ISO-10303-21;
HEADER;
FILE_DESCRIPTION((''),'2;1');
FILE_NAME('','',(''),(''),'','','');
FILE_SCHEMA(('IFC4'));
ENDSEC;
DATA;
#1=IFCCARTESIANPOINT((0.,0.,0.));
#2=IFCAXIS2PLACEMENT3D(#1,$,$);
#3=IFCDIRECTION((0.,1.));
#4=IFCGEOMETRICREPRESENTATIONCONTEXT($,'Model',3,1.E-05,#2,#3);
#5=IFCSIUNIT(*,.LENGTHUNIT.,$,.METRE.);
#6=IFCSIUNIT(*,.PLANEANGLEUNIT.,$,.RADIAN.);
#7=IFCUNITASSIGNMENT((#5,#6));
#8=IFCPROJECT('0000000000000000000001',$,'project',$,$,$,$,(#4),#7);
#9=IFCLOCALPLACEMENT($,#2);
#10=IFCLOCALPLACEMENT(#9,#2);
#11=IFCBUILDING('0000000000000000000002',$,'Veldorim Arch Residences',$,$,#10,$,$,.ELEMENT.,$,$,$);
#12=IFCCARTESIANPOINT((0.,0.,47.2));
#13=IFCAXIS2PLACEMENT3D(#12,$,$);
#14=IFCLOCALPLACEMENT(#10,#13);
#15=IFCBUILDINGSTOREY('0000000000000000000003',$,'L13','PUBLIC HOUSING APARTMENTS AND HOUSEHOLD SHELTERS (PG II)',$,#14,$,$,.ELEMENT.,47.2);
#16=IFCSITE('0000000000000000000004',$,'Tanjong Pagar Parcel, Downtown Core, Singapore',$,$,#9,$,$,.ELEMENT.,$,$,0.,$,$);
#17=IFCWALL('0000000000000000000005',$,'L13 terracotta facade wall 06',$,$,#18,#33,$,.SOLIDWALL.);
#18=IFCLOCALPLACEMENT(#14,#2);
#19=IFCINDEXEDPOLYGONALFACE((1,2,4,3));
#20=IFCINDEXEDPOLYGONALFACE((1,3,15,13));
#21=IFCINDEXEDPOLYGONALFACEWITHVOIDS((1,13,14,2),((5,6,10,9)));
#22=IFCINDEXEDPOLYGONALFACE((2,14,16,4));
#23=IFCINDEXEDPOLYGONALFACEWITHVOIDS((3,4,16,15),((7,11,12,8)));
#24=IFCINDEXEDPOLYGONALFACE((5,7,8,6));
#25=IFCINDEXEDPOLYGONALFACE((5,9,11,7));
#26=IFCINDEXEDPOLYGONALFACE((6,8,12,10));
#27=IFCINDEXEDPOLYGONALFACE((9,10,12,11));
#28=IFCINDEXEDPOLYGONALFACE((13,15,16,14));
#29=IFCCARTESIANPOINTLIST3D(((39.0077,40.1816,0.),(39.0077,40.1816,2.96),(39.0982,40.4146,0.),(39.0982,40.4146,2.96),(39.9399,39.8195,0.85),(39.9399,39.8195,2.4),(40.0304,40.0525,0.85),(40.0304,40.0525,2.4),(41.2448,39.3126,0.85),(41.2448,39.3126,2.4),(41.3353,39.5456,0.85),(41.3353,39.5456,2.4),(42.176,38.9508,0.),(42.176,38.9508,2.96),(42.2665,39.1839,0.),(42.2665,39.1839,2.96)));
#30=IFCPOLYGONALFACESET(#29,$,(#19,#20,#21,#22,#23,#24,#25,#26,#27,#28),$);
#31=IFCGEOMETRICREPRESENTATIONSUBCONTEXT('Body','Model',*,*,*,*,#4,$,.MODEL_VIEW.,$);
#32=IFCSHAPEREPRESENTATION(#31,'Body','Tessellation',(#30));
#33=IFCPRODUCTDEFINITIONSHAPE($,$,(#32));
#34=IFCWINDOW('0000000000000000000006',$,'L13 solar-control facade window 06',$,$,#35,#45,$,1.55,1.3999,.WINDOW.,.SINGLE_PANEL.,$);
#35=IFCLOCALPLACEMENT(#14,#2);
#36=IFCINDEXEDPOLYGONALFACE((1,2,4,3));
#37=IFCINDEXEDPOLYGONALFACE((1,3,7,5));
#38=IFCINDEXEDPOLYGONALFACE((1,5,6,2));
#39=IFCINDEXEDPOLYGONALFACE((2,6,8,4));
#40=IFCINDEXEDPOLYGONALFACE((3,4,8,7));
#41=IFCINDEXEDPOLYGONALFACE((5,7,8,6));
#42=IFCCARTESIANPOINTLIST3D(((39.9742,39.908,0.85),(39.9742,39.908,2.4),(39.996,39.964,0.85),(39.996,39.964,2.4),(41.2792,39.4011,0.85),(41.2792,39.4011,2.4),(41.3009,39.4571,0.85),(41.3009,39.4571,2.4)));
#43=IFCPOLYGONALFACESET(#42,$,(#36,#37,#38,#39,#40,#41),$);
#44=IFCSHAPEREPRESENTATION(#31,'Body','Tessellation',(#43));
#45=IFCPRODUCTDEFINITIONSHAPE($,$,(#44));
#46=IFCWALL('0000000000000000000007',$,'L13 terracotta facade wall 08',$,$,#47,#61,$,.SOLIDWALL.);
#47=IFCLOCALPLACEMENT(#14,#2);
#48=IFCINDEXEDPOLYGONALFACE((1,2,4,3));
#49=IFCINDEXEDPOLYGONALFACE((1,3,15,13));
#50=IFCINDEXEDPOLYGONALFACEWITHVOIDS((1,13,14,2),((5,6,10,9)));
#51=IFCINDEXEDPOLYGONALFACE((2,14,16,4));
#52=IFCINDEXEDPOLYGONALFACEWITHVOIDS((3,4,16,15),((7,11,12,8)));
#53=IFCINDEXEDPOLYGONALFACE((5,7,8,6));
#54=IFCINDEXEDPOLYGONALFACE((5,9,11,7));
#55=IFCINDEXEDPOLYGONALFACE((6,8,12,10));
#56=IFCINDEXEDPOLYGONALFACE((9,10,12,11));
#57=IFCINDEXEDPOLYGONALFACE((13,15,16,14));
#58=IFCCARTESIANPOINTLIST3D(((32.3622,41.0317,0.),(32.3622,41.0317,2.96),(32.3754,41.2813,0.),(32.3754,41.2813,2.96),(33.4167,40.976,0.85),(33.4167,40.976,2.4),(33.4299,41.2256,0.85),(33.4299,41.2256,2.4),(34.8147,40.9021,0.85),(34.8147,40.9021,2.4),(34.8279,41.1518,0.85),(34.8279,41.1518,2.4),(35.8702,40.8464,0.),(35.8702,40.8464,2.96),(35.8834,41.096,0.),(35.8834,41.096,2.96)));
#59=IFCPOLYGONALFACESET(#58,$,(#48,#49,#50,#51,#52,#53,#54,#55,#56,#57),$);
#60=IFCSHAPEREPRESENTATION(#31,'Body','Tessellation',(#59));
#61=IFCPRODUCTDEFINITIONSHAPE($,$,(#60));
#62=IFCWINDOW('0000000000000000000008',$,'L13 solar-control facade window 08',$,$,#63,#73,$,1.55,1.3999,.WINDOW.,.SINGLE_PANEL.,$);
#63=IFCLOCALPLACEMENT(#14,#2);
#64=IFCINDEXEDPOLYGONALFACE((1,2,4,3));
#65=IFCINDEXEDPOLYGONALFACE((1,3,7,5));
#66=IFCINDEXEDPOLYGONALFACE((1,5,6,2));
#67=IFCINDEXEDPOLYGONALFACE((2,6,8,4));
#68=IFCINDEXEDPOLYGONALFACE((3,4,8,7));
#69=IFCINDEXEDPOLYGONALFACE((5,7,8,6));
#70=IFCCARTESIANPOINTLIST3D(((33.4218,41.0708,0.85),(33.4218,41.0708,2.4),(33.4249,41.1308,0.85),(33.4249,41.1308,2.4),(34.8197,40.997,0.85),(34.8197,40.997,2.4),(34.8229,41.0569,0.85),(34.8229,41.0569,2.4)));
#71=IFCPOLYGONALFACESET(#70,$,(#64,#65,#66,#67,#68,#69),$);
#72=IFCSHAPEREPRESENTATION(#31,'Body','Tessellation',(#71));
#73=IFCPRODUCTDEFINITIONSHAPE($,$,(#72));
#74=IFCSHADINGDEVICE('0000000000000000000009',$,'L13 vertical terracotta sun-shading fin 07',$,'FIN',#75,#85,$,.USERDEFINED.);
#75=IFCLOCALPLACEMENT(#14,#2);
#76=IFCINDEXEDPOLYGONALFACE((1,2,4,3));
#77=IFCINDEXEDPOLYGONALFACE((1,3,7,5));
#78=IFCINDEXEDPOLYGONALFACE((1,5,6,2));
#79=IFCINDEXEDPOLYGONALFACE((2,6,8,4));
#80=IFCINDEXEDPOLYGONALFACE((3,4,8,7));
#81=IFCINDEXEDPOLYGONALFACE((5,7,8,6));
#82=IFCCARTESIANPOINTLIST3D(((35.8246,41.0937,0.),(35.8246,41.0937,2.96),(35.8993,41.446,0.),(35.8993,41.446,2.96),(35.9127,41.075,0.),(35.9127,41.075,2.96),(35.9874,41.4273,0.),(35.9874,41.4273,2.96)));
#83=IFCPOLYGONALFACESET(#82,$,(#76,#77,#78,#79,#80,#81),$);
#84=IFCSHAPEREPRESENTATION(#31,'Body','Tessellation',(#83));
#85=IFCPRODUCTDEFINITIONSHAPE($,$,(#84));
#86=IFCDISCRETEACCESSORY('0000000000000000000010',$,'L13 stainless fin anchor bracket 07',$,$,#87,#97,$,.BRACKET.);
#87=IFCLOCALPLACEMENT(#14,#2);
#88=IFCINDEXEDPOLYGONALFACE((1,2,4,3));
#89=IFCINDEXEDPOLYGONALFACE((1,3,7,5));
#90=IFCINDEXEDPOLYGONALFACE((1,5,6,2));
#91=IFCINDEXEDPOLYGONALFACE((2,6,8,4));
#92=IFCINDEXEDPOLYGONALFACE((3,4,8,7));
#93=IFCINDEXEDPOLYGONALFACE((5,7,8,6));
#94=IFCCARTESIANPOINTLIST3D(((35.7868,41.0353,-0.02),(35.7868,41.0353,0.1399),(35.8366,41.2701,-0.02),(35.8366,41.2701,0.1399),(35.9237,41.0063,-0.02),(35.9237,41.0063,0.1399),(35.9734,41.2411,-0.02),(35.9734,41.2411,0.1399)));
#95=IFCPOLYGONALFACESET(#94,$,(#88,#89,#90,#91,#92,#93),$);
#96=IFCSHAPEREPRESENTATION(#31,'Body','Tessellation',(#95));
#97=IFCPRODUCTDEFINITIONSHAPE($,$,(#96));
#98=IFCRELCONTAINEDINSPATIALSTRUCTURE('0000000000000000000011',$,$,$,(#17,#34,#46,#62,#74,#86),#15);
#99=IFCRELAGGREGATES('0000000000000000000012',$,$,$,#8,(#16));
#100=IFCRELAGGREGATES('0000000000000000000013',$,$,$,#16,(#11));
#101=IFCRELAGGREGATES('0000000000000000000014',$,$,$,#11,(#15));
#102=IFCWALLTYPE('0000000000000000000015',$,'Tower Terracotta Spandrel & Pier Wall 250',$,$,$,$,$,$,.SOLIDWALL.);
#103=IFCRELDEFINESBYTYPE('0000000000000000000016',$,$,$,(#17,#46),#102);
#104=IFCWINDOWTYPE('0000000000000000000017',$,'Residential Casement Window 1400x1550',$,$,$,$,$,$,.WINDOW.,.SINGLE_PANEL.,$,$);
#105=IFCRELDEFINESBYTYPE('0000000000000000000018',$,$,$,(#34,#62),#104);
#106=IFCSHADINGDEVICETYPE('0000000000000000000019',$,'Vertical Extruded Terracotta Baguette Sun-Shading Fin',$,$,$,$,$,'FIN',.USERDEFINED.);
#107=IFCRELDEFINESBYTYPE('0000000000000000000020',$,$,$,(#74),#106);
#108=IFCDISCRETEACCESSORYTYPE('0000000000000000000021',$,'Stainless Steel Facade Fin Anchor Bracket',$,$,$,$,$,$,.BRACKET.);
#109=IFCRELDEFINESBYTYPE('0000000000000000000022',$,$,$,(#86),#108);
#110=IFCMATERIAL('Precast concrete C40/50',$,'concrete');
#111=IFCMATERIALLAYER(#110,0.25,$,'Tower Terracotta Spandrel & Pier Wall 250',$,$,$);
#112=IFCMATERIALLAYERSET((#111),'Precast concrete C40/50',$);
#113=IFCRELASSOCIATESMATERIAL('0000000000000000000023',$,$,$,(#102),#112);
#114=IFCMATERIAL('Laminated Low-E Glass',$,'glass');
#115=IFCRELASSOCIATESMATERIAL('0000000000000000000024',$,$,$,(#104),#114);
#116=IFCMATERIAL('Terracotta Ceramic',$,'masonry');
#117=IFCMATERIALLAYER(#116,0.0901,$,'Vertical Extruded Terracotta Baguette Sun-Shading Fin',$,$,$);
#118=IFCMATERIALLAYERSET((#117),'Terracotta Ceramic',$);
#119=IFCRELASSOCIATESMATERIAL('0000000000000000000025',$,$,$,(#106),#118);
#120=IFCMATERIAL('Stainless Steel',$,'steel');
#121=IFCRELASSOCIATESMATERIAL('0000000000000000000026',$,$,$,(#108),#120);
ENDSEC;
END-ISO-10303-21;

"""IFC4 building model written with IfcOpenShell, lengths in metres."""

from ifc_helpers import new_model, si_unit, direction, frame, frame_2d, origin, origin_2d, place, context, subcontext, project, spatial, rectangle, extrude, material, layer, layer_set, type_object, element, fill, save


model = new_model("IFC4")

# Units and contexts
model_context = context("Model", 3, precision=1e-05, world=origin(), true_north=direction((0.0, 1.0)))
body_context = subcontext(model_context, "Body", "Model", "MODEL_VIEW")
ifc_project = project(units=[si_unit("LENGTHUNIT", "METRE"), si_unit("PLANEANGLEUNIT", "RADIAN")], contexts=[model_context])

# Site, building, storey
site_placement = place(None, origin())
site = spatial("IfcSite", under=ifc_project, at=site_placement, Name="Tanjong Pagar Parcel, Downtown Core, Singapore", CompositionType="ELEMENT", RefElevation=0.0)
building_placement = place(site_placement, origin())
building = spatial("IfcBuilding", under=site, at=building_placement, Name="Veldorim Arch Residences", CompositionType="ELEMENT")
storey_placement = place(building_placement, frame((0.0, 0.0, 47.2)))
storey = spatial("IfcBuildingStorey", under=building, at=storey_placement, Name="L13", Description="PUBLIC HOUSING APARTMENTS AND HOUSEHOLD SHELTERS (PG II)", CompositionType="ELEMENT", Elevation=47.2)

# Walls, openings, windows
ifc_material_1 = material(Name="Precast concrete C40/50", Category="concrete")
ifc_layer_1 = layer(ifc_material_1, 0.25, Name="Tower Terracotta Spandrel & Pier Wall 250")
ifc_layer_set_1 = layer_set([ifc_layer_1], Name="Precast concrete C40/50")
wall_type_1 = type_object("IfcWallType", Name="Tower Terracotta Spandrel & Pier Wall 250", PredefinedType="SOLIDWALL", material=ifc_layer_set_1)
wall_1_placement = place(storey_placement, frame((39.053, 40.2981, 0.0), z_axis=(0.0, 0.0, 1.0), x_axis=(0.932141, -0.362096, 0.0)))
wall_1 = element("IfcWall", 1, at=wall_1_placement, inside=storey, type_object=wall_type_1, Name="L13 terracotta facade wall 06", PredefinedType="SOLIDWALL", context=body_context, shape_type="SweptSolid", body=[
    extrude(rectangle(XDim=3.3989, YDim=0.25, at=frame_2d((1.6995, 0.0))), origin(), (0.0, 0.0, 1.0), 2.96),
])
opening_1_placement = place(wall_1_placement, frame((1.0, 0.0, 0.8501)))
opening_1 = element("IfcOpeningElement", 2, at=opening_1_placement, cuts=wall_1, PredefinedType="OPENING", context=body_context, shape_type="SweptSolid", body=[
    extrude(rectangle(XDim=1.3999, YDim=1.55, at=frame_2d((0.7, 0.7749))), frame((0.0, 0.135, 0.0), z_axis=(0.0, -1.0, 0.0), x_axis=(1.0, 0.0, 0.0)), (0.0, 0.0, 1.0), 0.27),
])
ifc_material_2 = material(Name="Laminated Low-E Glass", Category="glass")
window_type = type_object("IfcWindowType", Name="Residential Casement Window 1400x1550", PartitioningType="SINGLE_PANEL", PredefinedType="WINDOW", material=ifc_material_2)
window_1_placement = place(opening_1_placement, origin())
window_1 = element("IfcWindow", 3, at=window_1_placement, inside=storey, type_object=window_type, Name="L13 solar-control facade window 06", OverallHeight=1.55, OverallWidth=1.3999, PartitioningType="SINGLE_PANEL", PredefinedType="WINDOW", context=body_context, shape_type="SweptSolid", body=[
    extrude(rectangle(XDim=1.3999, YDim=1.55, at=frame_2d((0.7, 0.7749))), frame((0.0, 0.03, 0.0), z_axis=(0.0, -1.0, 0.0), x_axis=(1.0, 0.0, 0.0)), (0.0, 0.0, 1.0), 0.0601),
])
fill(opening_1, window_1)
wall_2_placement = place(storey_placement, frame((32.3689, 41.1565, 0.0), z_axis=(0.0, 0.0, 1.0), x_axis=(0.998608, -0.052749, 0.0)))
wall_2 = element("IfcWall", 4, at=wall_2_placement, inside=storey, type_object=wall_type_1, Name="L13 terracotta facade wall 08", PredefinedType="SOLIDWALL", context=body_context, shape_type="SweptSolid", body=[
    extrude(rectangle(XDim=3.5129, YDim=0.25, at=frame_2d((1.7563, 0.0))), origin(), (0.0, 0.0, 1.0), 2.96),
])
opening_2_placement = place(wall_2_placement, frame((1.0559, 0.0, 0.8501)))
opening_2 = element("IfcOpeningElement", 5, at=opening_2_placement, cuts=wall_2, PredefinedType="OPENING", context=body_context, shape_type="SweptSolid", body=[
    extrude(rectangle(XDim=1.3999, YDim=1.55, at=frame_2d((0.7, 0.7749))), frame((0.0, 0.135, 0.0), z_axis=(0.0, -1.0, 0.0), x_axis=(1.0, 0.0, 0.0)), (0.0, 0.0, 1.0), 0.27),
])
window_2_placement = place(opening_2_placement, origin())
window_2 = element("IfcWindow", 6, at=window_2_placement, inside=storey, type_object=window_type, Name="L13 solar-control facade window 08", OverallHeight=1.55, OverallWidth=1.3999, PartitioningType="SINGLE_PANEL", PredefinedType="WINDOW", context=body_context, shape_type="SweptSolid", body=[
    extrude(rectangle(XDim=1.3999, YDim=1.55, at=frame_2d((0.7, 0.7749))), frame((0.0, 0.03, 0.0), z_axis=(0.0, -1.0, 0.0), x_axis=(1.0, 0.0, 0.0)), (0.0, 0.0, 1.0), 0.0601),
])
fill(opening_2, window_2)

# Shading device
ifc_material_3 = material(Name="Terracotta Ceramic", Category="masonry")
ifc_layer_2 = layer(ifc_material_3, 0.0901, Name="Vertical Extruded Terracotta Baguette Sun-Shading Fin")
ifc_layer_set_2 = layer_set([ifc_layer_2], Name="Terracotta Ceramic")
shading_device_type = type_object("IfcShadingDeviceType", Name="Vertical Extruded Terracotta Baguette Sun-Shading Fin", ElementType="FIN", PredefinedType="USERDEFINED", material=ifc_layer_set_2)
shading_device_placement = place(storey_placement, frame((35.906, 41.2605, 0.0), z_axis=(0.0, 0.0, 1.0), x_axis=(0.978256, -0.2074, 0.0)))
element("IfcShadingDevice", 7, at=shading_device_placement, inside=storey, type_object=shading_device_type, Name="L13 vertical terracotta sun-shading fin 07", ObjectType="FIN", PredefinedType="USERDEFINED", context=body_context, shape_type="SweptSolid", body=[
    extrude(rectangle(XDim=0.0901, YDim=0.3601, at=origin_2d()), origin(), (0.0, 0.0, 1.0), 2.96),
])

# Discrete accessory
ifc_material_4 = material(Name="Stainless Steel", Category="steel")
discrete_accessory_type = type_object("IfcDiscreteAccessoryType", Name="Stainless Steel Facade Fin Anchor Bracket", PredefinedType="BRACKET", material=ifc_material_4)
discrete_accessory_placement = place(storey_placement, frame((35.8801, 41.1382, -0.02), z_axis=(0.0, 0.0, 1.0), x_axis=(0.978256, -0.2074, 0.0)))
element("IfcDiscreteAccessory", 8, at=discrete_accessory_placement, inside=storey, type_object=discrete_accessory_type, Name="L13 stainless fin anchor bracket 07", PredefinedType="BRACKET", context=body_context, shape_type="SweptSolid", body=[
    extrude(rectangle(XDim=0.1399, YDim=0.24, at=origin_2d()), origin(), (0.0, 0.0, 1.0), 0.1599),
])

save(model, "model.ifc")
